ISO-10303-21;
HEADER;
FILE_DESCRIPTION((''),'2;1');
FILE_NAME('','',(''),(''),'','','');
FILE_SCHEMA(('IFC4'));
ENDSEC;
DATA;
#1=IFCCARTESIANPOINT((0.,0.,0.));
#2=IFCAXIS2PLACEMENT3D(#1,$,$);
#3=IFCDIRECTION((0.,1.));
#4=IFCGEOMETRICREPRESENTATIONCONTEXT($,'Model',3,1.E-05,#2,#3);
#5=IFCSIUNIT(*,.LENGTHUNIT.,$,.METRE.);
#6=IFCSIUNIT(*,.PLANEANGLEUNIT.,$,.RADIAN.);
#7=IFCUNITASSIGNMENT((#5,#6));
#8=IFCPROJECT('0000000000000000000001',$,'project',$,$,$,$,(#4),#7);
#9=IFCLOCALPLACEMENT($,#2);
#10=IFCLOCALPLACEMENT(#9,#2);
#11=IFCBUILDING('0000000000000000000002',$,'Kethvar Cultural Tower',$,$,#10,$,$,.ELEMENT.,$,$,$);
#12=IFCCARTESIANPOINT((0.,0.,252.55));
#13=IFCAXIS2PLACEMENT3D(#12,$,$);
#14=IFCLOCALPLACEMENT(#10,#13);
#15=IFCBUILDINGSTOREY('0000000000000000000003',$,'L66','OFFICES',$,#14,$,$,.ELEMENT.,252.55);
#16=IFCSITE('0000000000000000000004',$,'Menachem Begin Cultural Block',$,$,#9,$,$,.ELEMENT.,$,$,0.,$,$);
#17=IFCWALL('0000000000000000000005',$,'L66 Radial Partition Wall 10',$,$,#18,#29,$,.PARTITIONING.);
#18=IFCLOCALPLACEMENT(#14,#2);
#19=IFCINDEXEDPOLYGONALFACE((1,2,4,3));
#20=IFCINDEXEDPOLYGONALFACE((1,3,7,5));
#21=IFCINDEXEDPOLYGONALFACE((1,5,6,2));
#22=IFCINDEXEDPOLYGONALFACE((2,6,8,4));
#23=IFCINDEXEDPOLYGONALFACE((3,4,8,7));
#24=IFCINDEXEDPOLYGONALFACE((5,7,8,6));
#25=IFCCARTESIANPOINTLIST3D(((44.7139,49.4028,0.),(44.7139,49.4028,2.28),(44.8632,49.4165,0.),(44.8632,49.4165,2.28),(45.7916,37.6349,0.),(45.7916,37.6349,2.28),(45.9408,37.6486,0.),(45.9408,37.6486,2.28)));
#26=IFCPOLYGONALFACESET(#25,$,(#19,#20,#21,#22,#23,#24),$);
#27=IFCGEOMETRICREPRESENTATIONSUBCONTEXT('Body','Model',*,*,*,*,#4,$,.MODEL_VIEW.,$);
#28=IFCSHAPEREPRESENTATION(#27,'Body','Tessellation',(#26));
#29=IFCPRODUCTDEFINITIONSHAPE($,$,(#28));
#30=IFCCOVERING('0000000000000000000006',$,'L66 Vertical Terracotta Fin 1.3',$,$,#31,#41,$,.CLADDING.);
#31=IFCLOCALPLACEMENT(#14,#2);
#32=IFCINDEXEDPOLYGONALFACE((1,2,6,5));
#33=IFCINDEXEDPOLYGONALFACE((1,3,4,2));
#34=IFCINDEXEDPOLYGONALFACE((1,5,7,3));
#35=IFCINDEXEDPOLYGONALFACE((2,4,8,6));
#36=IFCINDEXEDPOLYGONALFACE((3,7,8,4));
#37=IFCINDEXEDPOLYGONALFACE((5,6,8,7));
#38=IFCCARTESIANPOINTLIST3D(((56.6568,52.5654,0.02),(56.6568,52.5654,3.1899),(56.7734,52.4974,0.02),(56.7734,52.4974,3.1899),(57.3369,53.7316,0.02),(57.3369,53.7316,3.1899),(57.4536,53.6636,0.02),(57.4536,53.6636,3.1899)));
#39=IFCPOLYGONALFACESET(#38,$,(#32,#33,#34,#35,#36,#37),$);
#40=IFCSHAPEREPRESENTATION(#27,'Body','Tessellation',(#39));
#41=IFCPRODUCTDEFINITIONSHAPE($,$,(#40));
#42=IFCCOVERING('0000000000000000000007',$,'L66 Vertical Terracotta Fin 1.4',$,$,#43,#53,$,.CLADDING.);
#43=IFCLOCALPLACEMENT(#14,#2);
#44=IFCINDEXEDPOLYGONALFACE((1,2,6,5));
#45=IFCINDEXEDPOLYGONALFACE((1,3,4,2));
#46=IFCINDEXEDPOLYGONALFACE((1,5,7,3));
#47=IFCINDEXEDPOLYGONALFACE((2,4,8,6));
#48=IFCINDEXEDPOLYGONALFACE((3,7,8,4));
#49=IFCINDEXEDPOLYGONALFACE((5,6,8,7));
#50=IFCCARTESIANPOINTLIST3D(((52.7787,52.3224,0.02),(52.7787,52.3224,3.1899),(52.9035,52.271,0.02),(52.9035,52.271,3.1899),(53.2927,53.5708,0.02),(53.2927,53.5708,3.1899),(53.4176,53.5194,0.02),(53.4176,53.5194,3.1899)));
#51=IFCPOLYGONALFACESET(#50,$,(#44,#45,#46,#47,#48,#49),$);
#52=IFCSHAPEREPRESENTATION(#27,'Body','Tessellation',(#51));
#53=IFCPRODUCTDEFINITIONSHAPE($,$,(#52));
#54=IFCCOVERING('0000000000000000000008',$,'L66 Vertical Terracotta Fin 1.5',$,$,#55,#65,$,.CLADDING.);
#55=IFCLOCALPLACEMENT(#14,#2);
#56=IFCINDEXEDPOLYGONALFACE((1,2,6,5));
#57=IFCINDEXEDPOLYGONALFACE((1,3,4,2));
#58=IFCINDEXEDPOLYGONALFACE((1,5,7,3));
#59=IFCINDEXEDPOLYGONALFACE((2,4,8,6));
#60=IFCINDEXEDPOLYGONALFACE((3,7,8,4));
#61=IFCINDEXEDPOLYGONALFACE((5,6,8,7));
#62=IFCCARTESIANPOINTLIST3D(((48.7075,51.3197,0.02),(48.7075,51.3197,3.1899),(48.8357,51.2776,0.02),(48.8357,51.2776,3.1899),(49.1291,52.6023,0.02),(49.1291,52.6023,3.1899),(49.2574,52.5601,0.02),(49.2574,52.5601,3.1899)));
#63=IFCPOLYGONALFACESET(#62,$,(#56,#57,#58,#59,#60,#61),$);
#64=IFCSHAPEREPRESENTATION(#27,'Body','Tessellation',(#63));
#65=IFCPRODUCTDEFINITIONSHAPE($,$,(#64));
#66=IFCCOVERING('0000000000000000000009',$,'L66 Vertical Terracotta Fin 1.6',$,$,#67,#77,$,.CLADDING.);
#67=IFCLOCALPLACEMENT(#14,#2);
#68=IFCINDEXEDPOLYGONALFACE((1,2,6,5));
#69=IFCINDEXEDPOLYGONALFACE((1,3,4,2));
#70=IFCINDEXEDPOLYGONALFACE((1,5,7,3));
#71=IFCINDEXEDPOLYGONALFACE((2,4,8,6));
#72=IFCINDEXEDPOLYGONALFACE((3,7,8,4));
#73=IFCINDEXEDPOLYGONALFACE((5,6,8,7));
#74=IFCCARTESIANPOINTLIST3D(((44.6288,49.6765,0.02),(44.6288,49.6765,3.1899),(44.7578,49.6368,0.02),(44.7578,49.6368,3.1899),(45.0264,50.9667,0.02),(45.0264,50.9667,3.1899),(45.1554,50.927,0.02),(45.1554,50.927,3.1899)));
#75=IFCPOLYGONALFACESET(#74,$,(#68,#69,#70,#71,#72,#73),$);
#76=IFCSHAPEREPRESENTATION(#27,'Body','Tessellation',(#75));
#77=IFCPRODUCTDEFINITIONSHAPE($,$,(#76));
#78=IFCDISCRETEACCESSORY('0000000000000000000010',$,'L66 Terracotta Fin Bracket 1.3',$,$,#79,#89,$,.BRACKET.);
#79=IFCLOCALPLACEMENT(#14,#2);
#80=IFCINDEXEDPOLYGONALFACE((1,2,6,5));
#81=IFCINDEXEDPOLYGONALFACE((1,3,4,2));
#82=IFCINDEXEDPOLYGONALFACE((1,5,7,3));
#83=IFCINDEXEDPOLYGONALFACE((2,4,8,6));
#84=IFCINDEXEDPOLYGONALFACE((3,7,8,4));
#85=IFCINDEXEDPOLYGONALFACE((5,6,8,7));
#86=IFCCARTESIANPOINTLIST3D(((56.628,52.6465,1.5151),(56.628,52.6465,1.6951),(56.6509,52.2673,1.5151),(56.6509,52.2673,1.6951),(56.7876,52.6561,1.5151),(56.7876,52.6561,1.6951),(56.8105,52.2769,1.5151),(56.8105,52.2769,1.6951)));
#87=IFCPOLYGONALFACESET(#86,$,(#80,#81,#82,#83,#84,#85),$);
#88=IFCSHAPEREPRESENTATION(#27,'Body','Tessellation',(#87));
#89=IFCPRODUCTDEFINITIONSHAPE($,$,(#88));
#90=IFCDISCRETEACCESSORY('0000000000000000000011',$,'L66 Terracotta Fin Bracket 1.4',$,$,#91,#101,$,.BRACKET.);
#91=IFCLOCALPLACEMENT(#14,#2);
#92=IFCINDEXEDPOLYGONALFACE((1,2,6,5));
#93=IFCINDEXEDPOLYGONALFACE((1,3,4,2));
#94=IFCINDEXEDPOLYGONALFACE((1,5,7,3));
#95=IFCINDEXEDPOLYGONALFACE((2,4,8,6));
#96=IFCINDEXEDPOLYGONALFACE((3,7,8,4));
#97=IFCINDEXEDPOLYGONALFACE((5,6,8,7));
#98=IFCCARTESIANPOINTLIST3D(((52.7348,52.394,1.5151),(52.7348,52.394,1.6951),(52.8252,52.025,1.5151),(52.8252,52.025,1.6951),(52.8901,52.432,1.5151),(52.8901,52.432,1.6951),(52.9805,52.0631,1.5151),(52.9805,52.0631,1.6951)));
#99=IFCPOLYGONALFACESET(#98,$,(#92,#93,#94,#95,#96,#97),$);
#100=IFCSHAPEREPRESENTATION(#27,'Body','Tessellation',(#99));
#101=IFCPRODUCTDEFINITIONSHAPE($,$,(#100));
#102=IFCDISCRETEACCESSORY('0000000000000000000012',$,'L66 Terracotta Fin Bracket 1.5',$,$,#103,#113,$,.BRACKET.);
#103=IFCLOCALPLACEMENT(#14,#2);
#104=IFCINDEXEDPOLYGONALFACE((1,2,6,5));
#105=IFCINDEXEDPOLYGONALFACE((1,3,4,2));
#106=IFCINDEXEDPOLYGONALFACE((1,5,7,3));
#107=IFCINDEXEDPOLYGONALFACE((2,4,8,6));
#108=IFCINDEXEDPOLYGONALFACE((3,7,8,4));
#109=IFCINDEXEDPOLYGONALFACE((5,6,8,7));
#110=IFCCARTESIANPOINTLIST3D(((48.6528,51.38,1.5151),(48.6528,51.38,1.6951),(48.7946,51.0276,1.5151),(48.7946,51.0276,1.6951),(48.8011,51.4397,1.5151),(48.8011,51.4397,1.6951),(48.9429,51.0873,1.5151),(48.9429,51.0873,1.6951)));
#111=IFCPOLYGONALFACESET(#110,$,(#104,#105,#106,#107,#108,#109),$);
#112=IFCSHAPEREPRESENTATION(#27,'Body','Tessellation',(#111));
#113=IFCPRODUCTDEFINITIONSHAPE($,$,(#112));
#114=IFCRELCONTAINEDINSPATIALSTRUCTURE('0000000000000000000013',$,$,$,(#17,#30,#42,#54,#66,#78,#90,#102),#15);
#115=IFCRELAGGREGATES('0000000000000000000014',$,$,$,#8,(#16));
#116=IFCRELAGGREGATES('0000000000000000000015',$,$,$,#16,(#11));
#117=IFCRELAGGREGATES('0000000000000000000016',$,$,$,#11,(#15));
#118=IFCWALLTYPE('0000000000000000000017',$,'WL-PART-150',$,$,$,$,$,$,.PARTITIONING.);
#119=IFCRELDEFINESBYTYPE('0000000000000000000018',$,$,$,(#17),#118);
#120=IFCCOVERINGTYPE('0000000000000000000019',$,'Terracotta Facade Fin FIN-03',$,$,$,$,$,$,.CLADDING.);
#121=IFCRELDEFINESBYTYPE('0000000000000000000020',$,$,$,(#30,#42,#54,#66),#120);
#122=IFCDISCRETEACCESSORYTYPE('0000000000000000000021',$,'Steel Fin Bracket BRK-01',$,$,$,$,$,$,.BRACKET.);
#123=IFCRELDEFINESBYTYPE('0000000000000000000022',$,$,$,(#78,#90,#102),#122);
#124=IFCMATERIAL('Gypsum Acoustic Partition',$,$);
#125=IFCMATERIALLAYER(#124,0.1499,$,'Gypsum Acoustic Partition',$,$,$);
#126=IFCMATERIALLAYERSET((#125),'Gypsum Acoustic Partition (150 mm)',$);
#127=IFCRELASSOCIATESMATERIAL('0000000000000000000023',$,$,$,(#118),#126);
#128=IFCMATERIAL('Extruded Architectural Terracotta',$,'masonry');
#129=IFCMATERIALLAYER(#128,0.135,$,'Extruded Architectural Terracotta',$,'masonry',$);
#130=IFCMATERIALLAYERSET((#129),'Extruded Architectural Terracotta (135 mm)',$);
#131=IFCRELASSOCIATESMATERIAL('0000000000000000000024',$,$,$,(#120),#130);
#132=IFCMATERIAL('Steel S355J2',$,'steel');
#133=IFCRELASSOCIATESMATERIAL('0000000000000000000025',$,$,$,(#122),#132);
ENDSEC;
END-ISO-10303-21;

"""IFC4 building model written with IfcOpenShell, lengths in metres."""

from ifc_helpers import new_model, si_unit, direction, frame, frame_2d, origin, origin_2d, place, context, subcontext, project, spatial, rectangle, extrude, source, transform, mapped, material, layer, layer_set, type_object, element, save


model = new_model("IFC4")

# Units and contexts
model_context = context("Model", 3, precision=1e-05, world=origin(), true_north=direction((0.0, 1.0)))
body_context = subcontext(model_context, "Body", "Model", "MODEL_VIEW")
ifc_project = project(units=[si_unit("LENGTHUNIT", "METRE"), si_unit("PLANEANGLEUNIT", "RADIAN")], contexts=[model_context])

# Site, building, storey
site_placement = place(None, origin())
site = spatial("IfcSite", under=ifc_project, at=site_placement, Name="Menachem Begin Cultural Block", CompositionType="ELEMENT", RefElevation=0.0)
building_placement = place(site_placement, origin())
building = spatial("IfcBuilding", under=site, at=building_placement, Name="Kethvar Cultural Tower", CompositionType="ELEMENT")
storey_placement = place(building_placement, frame((0.0, 0.0, 252.55)))
storey = spatial("IfcBuildingStorey", under=building, at=storey_placement, Name="L66", Description="OFFICES", CompositionType="ELEMENT", Elevation=252.55)

# Shared definitions
ifc_material_1 = material(Name="Steel S355J2", Category="steel")

# Wall
ifc_material_2 = material(Name="Gypsum Acoustic Partition")
ifc_layer_1 = layer(ifc_material_2, 0.1499, Name="Gypsum Acoustic Partition")
ifc_layer_set_1 = layer_set([ifc_layer_1], Name="Gypsum Acoustic Partition (150 mm)")
wall_type = type_object("IfcWallType", Name="WL-PART-150", PredefinedType="PARTITIONING", material=ifc_layer_set_1)
wall_1_placement = place(storey_placement, frame((45.8662, 37.6416, 0.0), z_axis=(0.0, 0.0, 1.0), x_axis=(-0.091193, 0.995833, 0.0)))
element("IfcWall", 1, at=wall_1_placement, inside=storey, type_object=wall_type, Name="L66 Radial Partition Wall 10", PredefinedType="PARTITIONING", context=body_context, shape_type="SweptSolid", body=[
    extrude(rectangle(XDim=11.8171, YDim=0.1499, at=frame_2d((5.9087, 0.0))), origin(), (0.0, 0.0, 1.0), 2.28),
])

# Coverings
ifc_material_3 = material(Name="Extruded Architectural Terracotta", Category="masonry")
ifc_layer_2 = layer(ifc_material_3, 0.135, Name="Extruded Architectural Terracotta", Category="masonry")
ifc_layer_set_2 = layer_set([ifc_layer_2], Name="Extruded Architectural Terracotta (135 mm)")
covering_type = type_object("IfcCoveringType", Name="Terracotta Facade Fin FIN-03", PredefinedType="CLADDING", material=ifc_layer_set_2)
shared_shape_1 = source(origin(), body_context, "Body", "SweptSolid", [
    extrude(rectangle(XDim=1.3501, YDim=0.135, at=origin_2d()), origin(), (0.0, 0.0, 1.0), 3.1699),
])
for number, where, z_axis, x_axis, name in (
    (2, (57.0552, 53.1145, 0.02), (0.0, 0.0, 1.0), (0.503774, 0.863836, 0.0), "L66 Vertical Terracotta Fin 1.3"),
    (3, (53.0981, 52.9209, 0.02), (0.0, 0.0, 1.0), (0.380748, 0.924679, 0.0), "L66 Vertical Terracotta Fin 1.4"),
    (4, (48.9824, 51.9399, 0.02), (0.0, 0.0, 1.0), (0.312335, 0.949972, 0.0), "L66 Vertical Terracotta Fin 1.5"),
    (5, (44.8921, 50.3018, 0.02), (0.0, 0.0, 1.0), (0.294541, 0.955639, 0.0), "L66 Vertical Terracotta Fin 1.6"),
):
    element("IfcCovering", number, at=place(storey_placement, frame(where, z_axis=z_axis, x_axis=x_axis)), inside=storey, type_object=covering_type, Name=name, PredefinedType="CLADDING", context=body_context, shape_type="MappedRepresentation", body=[
        mapped(shared_shape_1, transform((0.0, 0.0, 0.0), scale=1.0)),
    ])

# Discrete accessories
discrete_accessory_type = type_object("IfcDiscreteAccessoryType", Name="Steel Fin Bracket BRK-01", PredefinedType="BRACKET", material=ifc_material_1)
shared_shape_2 = source(origin(), body_context, "Body", "SweptSolid", [
    extrude(rectangle(XDim=0.3799, YDim=0.1599, at=origin_2d()), origin(), (0.0, 0.0, 1.0), 0.1799),
])
for number, where, z_axis, x_axis, name in (
    (6, (56.7192, 52.4617, 1.5151), (0.0, 0.0, 1.0), (-0.060177, 0.998188, 0.0), "L66 Terracotta Fin Bracket 1.3"),
    (7, (52.8577, 52.2285, 1.5151), (0.0, 0.0, 1.0), (-0.238025, 0.971259, 0.0), "L66 Terracotta Fin Bracket 1.4"),
    (8, (48.7979, 51.2336, 1.5151), (0.0, 0.0, 1.0), (-0.373312, 0.927706, 0.0), "L66 Terracotta Fin Bracket 1.5"),
):
    element("IfcDiscreteAccessory", number, at=place(storey_placement, frame(where, z_axis=z_axis, x_axis=x_axis)), inside=storey, type_object=discrete_accessory_type, Name=name, PredefinedType="BRACKET", context=body_context, shape_type="MappedRepresentation", body=[
        mapped(shared_shape_2, transform((0.0, 0.0, 0.0), scale=1.0)),
    ])

save(model, "model.ifc")
